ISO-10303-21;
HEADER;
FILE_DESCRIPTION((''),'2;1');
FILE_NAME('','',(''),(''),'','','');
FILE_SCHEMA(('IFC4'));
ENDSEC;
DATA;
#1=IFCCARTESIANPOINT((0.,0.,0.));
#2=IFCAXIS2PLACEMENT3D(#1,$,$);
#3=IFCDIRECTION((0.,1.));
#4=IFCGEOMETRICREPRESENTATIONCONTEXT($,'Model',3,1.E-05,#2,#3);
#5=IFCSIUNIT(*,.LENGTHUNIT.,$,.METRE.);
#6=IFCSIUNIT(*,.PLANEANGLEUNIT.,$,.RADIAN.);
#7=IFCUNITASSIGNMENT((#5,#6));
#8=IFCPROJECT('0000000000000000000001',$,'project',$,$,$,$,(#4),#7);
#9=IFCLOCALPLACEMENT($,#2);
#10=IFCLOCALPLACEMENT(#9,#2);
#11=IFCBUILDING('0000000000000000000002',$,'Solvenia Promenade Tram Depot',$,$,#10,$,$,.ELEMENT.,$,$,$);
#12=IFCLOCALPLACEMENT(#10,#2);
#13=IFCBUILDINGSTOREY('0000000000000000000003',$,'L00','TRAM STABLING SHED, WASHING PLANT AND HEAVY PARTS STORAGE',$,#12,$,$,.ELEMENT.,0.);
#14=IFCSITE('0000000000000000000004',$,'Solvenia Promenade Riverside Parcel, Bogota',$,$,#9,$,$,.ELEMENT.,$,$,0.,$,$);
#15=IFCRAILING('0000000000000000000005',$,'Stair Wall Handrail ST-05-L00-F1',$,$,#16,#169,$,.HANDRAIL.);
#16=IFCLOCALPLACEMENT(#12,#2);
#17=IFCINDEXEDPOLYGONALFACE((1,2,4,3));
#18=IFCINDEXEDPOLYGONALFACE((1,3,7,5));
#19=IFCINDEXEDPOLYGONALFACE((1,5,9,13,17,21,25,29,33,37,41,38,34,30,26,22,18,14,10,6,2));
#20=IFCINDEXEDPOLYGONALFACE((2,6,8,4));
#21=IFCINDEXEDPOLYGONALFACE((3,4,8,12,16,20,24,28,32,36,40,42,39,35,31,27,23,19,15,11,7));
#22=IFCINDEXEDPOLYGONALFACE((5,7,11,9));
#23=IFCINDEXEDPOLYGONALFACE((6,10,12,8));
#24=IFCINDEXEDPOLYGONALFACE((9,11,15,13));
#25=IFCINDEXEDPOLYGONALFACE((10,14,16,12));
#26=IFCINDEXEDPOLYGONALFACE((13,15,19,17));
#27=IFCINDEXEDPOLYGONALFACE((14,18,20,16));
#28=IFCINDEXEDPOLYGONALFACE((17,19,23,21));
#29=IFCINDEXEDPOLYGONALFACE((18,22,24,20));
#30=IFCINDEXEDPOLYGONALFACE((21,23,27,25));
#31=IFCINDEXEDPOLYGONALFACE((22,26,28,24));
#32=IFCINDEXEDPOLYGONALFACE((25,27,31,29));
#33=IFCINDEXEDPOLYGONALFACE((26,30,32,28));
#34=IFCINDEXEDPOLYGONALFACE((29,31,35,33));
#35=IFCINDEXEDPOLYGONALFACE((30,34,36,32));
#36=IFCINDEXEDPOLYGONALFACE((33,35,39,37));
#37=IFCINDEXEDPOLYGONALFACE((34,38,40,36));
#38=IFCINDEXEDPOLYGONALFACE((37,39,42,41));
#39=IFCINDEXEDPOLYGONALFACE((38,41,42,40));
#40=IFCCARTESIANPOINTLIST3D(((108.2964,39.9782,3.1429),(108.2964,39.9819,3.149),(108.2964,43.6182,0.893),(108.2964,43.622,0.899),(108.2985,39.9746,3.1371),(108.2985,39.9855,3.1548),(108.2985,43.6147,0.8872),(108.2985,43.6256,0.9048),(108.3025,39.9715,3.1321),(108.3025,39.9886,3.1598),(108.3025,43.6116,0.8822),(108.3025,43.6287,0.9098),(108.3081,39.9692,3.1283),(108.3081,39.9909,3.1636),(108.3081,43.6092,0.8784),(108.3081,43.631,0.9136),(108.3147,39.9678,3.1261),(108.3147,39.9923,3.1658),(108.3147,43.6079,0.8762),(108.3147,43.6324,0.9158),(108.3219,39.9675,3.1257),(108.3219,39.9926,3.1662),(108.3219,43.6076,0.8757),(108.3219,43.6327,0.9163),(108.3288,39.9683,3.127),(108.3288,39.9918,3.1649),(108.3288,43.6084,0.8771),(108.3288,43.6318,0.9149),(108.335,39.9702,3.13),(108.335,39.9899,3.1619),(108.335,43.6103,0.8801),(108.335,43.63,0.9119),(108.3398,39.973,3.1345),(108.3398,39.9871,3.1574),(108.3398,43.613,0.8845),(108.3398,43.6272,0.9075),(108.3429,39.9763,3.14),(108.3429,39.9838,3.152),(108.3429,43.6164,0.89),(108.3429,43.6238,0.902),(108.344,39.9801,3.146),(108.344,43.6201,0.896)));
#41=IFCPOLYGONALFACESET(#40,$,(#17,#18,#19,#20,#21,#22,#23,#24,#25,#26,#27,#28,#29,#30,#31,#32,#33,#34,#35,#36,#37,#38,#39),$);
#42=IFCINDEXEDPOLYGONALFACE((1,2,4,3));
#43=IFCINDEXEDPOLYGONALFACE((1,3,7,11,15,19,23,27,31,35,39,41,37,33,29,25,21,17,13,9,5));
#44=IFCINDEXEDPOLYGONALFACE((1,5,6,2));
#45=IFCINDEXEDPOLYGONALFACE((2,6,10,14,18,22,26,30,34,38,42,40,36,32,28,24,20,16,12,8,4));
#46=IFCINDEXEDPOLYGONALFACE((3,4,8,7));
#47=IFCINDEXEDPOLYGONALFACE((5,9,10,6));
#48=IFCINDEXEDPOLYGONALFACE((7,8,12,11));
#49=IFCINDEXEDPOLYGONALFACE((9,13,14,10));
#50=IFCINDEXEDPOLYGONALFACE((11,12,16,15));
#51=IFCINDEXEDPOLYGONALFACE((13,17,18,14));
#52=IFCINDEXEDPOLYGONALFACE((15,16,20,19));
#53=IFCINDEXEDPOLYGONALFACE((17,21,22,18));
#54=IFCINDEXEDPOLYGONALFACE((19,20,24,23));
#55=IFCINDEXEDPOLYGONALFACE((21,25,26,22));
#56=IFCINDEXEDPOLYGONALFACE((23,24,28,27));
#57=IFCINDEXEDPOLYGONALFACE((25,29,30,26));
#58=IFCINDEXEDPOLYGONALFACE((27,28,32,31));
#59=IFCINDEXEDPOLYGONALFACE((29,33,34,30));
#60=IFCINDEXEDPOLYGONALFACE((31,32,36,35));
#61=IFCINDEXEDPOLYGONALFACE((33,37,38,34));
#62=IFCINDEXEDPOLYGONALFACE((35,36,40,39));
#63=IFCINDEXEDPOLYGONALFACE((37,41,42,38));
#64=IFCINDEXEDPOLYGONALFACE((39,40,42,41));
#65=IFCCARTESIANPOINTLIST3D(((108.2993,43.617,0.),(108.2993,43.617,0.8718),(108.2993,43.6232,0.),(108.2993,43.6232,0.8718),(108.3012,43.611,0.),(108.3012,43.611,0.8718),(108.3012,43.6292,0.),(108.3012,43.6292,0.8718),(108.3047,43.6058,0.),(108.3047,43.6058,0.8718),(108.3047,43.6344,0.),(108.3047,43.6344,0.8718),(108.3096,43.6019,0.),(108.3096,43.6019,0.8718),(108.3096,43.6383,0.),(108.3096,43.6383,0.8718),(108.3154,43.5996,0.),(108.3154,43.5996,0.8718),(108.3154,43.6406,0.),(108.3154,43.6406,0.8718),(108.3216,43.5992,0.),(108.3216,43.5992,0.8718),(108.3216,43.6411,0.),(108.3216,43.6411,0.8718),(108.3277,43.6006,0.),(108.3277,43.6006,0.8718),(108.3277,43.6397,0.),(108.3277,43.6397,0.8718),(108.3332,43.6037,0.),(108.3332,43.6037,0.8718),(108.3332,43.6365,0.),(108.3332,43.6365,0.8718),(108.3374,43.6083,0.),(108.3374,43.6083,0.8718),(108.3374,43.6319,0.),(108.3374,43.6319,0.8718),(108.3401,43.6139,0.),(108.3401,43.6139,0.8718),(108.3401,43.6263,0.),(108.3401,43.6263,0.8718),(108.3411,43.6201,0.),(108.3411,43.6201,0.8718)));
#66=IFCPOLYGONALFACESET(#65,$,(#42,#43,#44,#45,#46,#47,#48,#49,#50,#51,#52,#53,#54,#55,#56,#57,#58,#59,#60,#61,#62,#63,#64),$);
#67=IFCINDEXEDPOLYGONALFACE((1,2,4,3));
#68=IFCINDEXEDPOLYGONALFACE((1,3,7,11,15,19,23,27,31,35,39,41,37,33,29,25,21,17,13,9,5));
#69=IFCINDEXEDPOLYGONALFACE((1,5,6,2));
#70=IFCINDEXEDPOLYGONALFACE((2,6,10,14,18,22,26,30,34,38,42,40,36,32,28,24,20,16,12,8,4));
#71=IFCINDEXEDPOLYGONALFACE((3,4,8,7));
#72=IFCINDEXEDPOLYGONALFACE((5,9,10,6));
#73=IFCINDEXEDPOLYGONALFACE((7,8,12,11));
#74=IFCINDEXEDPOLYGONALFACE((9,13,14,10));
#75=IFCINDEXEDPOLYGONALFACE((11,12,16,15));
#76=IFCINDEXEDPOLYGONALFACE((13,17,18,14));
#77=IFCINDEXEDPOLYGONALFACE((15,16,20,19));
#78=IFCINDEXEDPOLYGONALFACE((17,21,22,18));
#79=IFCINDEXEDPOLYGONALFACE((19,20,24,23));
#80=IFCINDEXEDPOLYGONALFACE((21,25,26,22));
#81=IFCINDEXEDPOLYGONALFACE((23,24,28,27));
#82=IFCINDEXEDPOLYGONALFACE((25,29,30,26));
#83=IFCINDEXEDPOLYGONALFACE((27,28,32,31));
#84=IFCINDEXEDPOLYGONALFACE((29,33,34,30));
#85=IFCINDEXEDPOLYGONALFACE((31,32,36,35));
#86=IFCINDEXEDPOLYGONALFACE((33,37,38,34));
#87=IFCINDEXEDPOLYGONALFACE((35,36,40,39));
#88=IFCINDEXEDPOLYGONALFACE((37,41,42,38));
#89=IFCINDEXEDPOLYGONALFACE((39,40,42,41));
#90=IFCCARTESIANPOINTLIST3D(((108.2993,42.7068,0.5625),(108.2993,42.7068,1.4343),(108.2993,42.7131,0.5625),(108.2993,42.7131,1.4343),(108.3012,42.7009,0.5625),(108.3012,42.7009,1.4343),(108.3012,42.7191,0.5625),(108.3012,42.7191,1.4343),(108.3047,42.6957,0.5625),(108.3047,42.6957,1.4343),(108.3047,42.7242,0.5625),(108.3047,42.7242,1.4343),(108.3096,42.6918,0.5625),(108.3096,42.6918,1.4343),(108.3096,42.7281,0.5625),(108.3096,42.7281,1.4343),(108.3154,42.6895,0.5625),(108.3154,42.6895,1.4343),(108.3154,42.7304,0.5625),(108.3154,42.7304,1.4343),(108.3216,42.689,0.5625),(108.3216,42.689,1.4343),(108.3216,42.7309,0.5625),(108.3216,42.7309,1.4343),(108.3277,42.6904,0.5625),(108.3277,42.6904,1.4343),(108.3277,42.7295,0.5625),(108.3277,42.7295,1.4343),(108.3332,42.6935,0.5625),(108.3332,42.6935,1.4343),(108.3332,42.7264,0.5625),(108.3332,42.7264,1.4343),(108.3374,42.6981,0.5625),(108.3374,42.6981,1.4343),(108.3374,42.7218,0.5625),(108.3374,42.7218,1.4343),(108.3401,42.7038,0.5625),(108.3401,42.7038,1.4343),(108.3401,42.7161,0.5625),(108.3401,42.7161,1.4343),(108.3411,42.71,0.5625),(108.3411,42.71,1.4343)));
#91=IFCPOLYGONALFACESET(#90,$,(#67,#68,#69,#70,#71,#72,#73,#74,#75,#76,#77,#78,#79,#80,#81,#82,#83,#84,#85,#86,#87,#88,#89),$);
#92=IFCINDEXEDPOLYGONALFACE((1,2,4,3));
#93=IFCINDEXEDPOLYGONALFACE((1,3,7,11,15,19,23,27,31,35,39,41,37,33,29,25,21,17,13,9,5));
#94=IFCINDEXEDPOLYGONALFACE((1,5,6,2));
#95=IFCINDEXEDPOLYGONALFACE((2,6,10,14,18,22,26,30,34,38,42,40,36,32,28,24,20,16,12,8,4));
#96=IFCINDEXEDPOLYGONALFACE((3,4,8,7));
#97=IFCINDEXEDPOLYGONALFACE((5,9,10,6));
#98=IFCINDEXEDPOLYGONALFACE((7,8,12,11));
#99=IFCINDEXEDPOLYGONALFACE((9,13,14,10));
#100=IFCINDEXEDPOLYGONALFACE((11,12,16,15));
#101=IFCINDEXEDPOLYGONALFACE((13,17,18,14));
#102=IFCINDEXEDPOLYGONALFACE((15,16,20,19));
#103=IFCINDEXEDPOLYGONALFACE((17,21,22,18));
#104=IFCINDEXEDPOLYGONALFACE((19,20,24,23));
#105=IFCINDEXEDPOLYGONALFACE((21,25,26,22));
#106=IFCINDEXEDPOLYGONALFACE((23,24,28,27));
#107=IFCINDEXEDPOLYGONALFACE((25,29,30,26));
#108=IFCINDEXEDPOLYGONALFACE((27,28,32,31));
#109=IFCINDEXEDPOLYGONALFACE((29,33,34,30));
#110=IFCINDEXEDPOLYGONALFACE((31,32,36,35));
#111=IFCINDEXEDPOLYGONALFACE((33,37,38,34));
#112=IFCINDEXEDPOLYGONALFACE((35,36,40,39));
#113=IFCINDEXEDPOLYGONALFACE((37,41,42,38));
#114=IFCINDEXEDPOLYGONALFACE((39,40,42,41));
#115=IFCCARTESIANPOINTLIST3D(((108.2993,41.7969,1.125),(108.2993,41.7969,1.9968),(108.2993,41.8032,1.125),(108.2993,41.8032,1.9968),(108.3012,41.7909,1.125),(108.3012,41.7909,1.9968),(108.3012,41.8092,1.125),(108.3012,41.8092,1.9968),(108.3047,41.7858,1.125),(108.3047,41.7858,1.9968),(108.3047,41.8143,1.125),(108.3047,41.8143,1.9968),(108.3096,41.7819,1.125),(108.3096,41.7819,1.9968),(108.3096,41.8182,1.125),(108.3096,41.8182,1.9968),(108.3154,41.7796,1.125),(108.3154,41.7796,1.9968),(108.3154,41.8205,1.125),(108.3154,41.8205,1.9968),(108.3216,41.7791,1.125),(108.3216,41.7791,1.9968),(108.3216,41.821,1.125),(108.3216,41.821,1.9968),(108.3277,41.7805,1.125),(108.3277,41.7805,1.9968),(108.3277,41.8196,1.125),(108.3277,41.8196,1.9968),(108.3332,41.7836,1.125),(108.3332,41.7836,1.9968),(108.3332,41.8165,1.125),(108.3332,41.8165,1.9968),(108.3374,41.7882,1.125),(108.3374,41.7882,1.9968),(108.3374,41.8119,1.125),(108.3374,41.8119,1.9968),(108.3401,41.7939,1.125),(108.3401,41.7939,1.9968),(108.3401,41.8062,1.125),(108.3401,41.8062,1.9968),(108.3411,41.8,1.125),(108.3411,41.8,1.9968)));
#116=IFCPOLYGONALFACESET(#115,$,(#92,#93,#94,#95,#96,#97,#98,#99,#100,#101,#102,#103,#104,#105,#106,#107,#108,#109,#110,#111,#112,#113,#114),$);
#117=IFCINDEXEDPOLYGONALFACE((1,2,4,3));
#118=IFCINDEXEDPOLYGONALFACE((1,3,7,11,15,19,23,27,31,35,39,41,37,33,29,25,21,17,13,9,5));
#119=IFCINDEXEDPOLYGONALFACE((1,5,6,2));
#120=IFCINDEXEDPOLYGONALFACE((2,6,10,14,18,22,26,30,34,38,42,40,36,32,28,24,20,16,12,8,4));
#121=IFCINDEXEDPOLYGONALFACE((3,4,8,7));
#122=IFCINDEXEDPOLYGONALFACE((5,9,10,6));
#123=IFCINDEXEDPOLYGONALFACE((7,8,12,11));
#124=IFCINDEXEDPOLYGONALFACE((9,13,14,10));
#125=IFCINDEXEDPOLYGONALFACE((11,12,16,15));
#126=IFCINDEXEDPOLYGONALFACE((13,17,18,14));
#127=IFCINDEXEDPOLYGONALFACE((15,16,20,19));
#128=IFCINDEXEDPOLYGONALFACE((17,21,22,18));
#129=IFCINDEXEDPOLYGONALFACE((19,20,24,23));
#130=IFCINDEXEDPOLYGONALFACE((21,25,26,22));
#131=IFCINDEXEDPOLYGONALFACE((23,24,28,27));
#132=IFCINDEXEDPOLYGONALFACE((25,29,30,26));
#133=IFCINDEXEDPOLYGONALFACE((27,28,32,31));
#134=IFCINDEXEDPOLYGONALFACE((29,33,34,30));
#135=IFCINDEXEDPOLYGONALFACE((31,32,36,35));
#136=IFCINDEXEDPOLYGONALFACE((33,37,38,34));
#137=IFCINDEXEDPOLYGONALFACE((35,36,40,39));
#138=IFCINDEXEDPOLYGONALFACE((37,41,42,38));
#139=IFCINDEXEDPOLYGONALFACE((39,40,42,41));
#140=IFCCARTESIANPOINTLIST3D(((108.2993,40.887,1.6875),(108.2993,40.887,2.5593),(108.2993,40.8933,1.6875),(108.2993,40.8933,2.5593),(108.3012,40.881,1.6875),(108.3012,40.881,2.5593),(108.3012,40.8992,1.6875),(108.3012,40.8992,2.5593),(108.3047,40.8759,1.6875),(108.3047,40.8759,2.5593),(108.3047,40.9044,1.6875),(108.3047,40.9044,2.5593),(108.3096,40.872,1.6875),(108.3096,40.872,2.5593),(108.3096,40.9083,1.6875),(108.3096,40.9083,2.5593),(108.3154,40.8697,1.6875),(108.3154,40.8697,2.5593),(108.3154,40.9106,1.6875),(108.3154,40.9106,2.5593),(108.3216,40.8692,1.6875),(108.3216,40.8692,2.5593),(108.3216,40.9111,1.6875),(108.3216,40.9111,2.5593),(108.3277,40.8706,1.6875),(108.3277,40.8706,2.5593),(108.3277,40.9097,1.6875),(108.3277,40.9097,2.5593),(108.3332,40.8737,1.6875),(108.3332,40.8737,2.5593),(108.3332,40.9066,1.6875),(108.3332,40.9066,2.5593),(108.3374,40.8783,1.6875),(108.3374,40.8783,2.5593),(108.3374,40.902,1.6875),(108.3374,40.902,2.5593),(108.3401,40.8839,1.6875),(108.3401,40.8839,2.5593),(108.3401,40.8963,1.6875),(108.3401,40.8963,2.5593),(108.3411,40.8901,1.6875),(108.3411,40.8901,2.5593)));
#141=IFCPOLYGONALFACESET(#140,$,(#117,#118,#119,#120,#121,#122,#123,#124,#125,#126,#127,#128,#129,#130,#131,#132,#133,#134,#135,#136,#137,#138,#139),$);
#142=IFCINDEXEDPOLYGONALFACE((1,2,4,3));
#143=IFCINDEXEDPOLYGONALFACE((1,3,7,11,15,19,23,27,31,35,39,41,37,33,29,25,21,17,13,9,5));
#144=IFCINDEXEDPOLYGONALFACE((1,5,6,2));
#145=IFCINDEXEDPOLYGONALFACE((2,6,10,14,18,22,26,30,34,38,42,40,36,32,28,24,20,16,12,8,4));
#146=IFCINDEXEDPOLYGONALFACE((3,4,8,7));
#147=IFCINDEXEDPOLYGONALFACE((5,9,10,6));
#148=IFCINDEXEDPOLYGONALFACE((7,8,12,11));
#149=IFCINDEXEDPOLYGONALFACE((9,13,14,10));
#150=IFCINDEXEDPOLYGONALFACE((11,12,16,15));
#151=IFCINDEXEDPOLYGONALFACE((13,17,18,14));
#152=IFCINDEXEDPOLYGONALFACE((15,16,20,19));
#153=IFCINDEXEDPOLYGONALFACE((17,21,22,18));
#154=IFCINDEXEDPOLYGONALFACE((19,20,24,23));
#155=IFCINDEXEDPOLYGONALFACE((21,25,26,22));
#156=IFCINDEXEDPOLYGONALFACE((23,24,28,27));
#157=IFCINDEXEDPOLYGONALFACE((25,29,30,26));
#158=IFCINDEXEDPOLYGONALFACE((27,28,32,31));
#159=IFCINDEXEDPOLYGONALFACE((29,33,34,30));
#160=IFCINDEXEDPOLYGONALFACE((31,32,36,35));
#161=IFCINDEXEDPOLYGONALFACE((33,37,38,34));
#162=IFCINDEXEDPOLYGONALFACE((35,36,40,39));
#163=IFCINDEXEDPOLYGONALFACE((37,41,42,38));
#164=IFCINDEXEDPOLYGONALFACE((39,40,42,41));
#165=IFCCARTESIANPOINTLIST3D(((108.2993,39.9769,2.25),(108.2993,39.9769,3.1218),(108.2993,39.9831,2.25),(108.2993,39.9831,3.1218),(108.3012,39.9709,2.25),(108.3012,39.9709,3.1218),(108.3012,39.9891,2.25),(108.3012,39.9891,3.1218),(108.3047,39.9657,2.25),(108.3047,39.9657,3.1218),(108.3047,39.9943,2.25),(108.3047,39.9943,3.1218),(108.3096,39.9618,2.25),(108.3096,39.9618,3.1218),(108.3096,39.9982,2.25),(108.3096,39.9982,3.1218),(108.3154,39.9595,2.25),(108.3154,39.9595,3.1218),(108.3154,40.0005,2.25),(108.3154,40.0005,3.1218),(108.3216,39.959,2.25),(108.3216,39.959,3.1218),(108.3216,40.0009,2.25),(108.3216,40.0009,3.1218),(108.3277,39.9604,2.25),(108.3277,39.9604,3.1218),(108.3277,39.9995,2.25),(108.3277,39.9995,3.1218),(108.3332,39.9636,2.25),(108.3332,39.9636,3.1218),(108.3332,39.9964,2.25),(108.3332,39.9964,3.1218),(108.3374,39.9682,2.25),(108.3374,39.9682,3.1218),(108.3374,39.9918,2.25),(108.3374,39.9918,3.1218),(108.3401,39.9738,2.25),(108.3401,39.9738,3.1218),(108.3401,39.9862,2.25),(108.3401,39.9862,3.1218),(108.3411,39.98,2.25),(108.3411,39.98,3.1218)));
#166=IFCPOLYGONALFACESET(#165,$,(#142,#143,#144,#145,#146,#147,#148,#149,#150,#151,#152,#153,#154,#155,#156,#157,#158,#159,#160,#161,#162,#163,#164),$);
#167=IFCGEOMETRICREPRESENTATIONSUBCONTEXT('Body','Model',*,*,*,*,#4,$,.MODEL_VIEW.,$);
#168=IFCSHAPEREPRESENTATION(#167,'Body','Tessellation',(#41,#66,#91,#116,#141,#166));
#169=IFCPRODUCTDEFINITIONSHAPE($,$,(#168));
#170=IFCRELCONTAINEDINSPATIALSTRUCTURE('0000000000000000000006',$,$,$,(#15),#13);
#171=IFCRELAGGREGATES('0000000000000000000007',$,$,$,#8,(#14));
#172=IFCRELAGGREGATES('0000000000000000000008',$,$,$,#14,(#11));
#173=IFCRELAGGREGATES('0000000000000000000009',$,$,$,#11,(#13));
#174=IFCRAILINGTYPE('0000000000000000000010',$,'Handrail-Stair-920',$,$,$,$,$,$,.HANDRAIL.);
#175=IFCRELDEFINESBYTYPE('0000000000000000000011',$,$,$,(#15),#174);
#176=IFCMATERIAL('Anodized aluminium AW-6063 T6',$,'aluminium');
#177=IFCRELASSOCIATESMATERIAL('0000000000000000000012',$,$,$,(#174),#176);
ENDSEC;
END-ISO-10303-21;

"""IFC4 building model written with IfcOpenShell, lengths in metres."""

from ifc_helpers import new_model, si_unit, direction, frame, origin, origin_2d, place, context, subcontext, project, spatial, circle, extrude, material, type_object, element, save


model = new_model("IFC4")

# Units and contexts
model_context = context("Model", 3, precision=1e-05, world=origin(), true_north=direction((0.0, 1.0)))
body_context = subcontext(model_context, "Body", "Model", "MODEL_VIEW")
ifc_project = project(units=[si_unit("LENGTHUNIT", "METRE"), si_unit("PLANEANGLEUNIT", "RADIAN")], contexts=[model_context])

# Site, building, storey
site_placement = place(None, origin())
site = spatial("IfcSite", under=ifc_project, at=site_placement, Name="Solvenia Promenade Riverside Parcel, Bogota", CompositionType="ELEMENT", RefElevation=0.0)
building_placement = place(site_placement, origin())
building = spatial("IfcBuilding", under=site, at=building_placement, Name="Solvenia Promenade Tram Depot", CompositionType="ELEMENT")
storey_placement = place(building_placement, origin())
storey = spatial("IfcBuildingStorey", under=building, at=storey_placement, Name="L00", Description="TRAM STABLING SHED, WASHING PLANT AND HEAVY PARTS STORAGE", CompositionType="ELEMENT", Elevation=0.0)

# Railing
ifc_material_1 = material(Name="Anodized aluminium AW-6063 T6", Category="aluminium")
railing_type_1 = type_object("IfcRailingType", Name="Handrail-Stair-920", PredefinedType="HANDRAIL", material=ifc_material_1)
railing_1_placement = place(storey_placement, frame((108.3201, 43.6201, 0.0)))
element("IfcRailing", 1, at=railing_1_placement, inside=storey, type_object=railing_type_1, Name="Stair Wall Handrail ST-05-L00-F1", PredefinedType="HANDRAIL", context=body_context, shape_type="SweptSolid", body=[
    extrude(circle(Radius=0.0239, at=origin_2d()), frame((0.0, 0.0, 0.896), z_axis=(0.0, -0.850622, 0.525777), x_axis=(1.0, 0.0, 0.0)), (0.0, 0.0, 1.0), 4.2793),
    extrude(circle(Radius=0.021, at=origin_2d()), origin(), (0.0, 0.0, 1.0), 0.8718),
    extrude(circle(Radius=0.021, at=origin_2d()), frame((0.0, -0.9102, 0.5625)), (0.0, 0.0, 1.0), 0.8718),
    extrude(circle(Radius=0.021, at=origin_2d()), frame((0.0, -1.8201, 1.125)), (0.0, 0.0, 1.0), 0.8718),
    extrude(circle(Radius=0.021, at=origin_2d()), frame((0.0, -2.73, 1.6875)), (0.0, 0.0, 1.0), 0.8718),
    extrude(circle(Radius=0.021, at=origin_2d()), frame((0.0, -3.6401, 2.25)), (0.0, 0.0, 1.0), 0.8718),
])

save(model, "model.ifc")
